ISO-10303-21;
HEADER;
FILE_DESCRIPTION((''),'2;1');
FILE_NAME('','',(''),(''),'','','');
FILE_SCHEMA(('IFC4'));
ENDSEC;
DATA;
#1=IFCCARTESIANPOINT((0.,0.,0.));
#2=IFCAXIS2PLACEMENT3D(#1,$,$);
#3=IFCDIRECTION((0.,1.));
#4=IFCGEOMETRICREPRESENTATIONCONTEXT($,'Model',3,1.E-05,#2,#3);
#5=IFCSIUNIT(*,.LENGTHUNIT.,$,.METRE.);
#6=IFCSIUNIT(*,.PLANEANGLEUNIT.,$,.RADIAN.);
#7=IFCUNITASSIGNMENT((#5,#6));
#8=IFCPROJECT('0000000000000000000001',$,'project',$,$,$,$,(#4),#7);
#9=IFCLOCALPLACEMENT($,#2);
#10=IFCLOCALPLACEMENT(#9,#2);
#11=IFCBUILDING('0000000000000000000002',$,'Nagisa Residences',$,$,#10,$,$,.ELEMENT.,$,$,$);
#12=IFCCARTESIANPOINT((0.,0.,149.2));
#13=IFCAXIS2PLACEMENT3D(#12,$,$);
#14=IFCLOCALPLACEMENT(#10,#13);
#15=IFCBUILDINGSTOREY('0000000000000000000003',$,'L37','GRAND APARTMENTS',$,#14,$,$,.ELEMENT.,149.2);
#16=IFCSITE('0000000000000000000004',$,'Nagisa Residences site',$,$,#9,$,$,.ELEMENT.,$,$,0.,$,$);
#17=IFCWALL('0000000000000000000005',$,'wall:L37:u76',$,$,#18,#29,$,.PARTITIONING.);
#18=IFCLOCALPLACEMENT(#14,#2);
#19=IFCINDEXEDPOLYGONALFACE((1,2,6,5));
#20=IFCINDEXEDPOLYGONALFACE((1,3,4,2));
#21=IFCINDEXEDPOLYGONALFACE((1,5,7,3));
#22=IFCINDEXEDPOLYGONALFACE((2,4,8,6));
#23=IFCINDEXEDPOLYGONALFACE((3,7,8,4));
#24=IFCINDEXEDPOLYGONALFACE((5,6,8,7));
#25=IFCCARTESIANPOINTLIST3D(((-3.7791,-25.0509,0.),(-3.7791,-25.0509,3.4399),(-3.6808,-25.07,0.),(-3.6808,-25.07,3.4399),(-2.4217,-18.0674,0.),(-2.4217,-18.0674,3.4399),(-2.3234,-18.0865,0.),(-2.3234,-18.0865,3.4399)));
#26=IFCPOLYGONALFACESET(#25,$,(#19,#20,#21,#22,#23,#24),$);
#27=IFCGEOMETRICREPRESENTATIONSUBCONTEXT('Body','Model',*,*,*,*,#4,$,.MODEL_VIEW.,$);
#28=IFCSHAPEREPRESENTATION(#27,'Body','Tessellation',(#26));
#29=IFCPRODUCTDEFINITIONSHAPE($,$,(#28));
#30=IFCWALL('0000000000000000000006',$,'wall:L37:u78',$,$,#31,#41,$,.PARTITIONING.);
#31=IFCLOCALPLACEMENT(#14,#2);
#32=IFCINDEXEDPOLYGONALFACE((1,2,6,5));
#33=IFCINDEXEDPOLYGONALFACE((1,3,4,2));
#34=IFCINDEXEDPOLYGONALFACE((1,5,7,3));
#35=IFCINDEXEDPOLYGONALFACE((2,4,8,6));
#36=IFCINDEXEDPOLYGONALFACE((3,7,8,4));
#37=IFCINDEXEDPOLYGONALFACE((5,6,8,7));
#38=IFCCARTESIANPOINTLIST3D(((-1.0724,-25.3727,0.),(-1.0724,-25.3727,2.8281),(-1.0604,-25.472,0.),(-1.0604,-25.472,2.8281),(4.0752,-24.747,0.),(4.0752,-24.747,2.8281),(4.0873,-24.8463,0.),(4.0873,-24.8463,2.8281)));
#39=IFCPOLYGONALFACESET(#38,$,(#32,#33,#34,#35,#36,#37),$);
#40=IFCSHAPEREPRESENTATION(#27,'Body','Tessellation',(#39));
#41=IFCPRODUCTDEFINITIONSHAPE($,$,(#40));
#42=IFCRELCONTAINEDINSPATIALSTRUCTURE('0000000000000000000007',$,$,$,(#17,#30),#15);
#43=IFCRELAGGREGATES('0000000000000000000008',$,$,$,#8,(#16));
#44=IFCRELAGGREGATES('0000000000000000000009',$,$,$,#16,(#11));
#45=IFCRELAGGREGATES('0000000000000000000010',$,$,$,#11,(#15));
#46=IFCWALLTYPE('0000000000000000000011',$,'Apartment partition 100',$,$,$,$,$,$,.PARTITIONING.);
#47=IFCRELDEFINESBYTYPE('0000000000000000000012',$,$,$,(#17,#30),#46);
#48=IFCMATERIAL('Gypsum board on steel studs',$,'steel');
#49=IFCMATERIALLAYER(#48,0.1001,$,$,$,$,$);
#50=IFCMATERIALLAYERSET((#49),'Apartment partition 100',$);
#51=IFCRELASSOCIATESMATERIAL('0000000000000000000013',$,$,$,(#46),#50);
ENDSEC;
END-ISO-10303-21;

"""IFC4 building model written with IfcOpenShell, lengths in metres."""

from ifc_helpers import new_model, si_unit, direction, frame, frame_2d, origin, place, context, subcontext, project, spatial, rectangle, extrude, material, layer, layer_set, type_object, element, save


model = new_model("IFC4")

# Units and contexts
model_context = context("Model", 3, precision=1e-05, world=origin(), true_north=direction((0.0, 1.0)))
body_context = subcontext(model_context, "Body", "Model", "MODEL_VIEW")
ifc_project = project(units=[si_unit("LENGTHUNIT", "METRE"), si_unit("PLANEANGLEUNIT", "RADIAN")], contexts=[model_context])

# Site, building, storey
site_placement = place(None, origin())
site = spatial("IfcSite", under=ifc_project, at=site_placement, Name="Nagisa Residences site", CompositionType="ELEMENT", RefElevation=0.0)
building_placement = place(site_placement, origin())
building = spatial("IfcBuilding", under=site, at=building_placement, Name="Nagisa Residences", CompositionType="ELEMENT")
storey_placement = place(building_placement, frame((0.0, 0.0, 149.2)))
storey = spatial("IfcBuildingStorey", under=building, at=storey_placement, Name="L37", Description="GRAND APARTMENTS", CompositionType="ELEMENT", Elevation=149.2)

# Shared definitions
ifc_material_1 = material(Name="Gypsum board on steel studs", Category="steel")
ifc_layer_1 = layer(ifc_material_1, 0.1001)
ifc_layer_set_1 = layer_set([ifc_layer_1], Name="Apartment partition 100")
wall_type_1 = type_object("IfcWallType", Name="Apartment partition 100", PredefinedType="PARTITIONING", material=ifc_layer_set_1)

# Walls
wall_1_placement = place(storey_placement, frame((-2.3726, -18.0769, 0.0), z_axis=(0.0, 0.0, 1.0), x_axis=(-0.190801, -0.981629, 0.0)))
element("IfcWall", 1, at=wall_1_placement, inside=storey, type_object=wall_type_1, Name="wall:L37:u76", PredefinedType="PARTITIONING", context=body_context, shape_type="SweptSolid", body=[
    extrude(rectangle(XDim=7.1143, YDim=0.1001, at=frame_2d((3.5571, 0.0))), origin(), (0.0, 0.0, 1.0), 3.4399),
])
wall_2_placement = place(storey_placement, frame((-1.0664, -25.4224, 0.0), z_axis=(0.0, 0.0, 1.0), x_axis=(0.992693, 0.120667, 0.0)))
element("IfcWall", 2, at=wall_2_placement, inside=storey, type_object=wall_type_1, Name="wall:L37:u78", PredefinedType="PARTITIONING", context=body_context, shape_type="SweptSolid", body=[
    extrude(rectangle(XDim=5.1855, YDim=0.1001, at=frame_2d((2.5928, 0.0))), origin(), (0.0, 0.0, 1.0), 2.8281),
])

save(model, "model.ifc")
